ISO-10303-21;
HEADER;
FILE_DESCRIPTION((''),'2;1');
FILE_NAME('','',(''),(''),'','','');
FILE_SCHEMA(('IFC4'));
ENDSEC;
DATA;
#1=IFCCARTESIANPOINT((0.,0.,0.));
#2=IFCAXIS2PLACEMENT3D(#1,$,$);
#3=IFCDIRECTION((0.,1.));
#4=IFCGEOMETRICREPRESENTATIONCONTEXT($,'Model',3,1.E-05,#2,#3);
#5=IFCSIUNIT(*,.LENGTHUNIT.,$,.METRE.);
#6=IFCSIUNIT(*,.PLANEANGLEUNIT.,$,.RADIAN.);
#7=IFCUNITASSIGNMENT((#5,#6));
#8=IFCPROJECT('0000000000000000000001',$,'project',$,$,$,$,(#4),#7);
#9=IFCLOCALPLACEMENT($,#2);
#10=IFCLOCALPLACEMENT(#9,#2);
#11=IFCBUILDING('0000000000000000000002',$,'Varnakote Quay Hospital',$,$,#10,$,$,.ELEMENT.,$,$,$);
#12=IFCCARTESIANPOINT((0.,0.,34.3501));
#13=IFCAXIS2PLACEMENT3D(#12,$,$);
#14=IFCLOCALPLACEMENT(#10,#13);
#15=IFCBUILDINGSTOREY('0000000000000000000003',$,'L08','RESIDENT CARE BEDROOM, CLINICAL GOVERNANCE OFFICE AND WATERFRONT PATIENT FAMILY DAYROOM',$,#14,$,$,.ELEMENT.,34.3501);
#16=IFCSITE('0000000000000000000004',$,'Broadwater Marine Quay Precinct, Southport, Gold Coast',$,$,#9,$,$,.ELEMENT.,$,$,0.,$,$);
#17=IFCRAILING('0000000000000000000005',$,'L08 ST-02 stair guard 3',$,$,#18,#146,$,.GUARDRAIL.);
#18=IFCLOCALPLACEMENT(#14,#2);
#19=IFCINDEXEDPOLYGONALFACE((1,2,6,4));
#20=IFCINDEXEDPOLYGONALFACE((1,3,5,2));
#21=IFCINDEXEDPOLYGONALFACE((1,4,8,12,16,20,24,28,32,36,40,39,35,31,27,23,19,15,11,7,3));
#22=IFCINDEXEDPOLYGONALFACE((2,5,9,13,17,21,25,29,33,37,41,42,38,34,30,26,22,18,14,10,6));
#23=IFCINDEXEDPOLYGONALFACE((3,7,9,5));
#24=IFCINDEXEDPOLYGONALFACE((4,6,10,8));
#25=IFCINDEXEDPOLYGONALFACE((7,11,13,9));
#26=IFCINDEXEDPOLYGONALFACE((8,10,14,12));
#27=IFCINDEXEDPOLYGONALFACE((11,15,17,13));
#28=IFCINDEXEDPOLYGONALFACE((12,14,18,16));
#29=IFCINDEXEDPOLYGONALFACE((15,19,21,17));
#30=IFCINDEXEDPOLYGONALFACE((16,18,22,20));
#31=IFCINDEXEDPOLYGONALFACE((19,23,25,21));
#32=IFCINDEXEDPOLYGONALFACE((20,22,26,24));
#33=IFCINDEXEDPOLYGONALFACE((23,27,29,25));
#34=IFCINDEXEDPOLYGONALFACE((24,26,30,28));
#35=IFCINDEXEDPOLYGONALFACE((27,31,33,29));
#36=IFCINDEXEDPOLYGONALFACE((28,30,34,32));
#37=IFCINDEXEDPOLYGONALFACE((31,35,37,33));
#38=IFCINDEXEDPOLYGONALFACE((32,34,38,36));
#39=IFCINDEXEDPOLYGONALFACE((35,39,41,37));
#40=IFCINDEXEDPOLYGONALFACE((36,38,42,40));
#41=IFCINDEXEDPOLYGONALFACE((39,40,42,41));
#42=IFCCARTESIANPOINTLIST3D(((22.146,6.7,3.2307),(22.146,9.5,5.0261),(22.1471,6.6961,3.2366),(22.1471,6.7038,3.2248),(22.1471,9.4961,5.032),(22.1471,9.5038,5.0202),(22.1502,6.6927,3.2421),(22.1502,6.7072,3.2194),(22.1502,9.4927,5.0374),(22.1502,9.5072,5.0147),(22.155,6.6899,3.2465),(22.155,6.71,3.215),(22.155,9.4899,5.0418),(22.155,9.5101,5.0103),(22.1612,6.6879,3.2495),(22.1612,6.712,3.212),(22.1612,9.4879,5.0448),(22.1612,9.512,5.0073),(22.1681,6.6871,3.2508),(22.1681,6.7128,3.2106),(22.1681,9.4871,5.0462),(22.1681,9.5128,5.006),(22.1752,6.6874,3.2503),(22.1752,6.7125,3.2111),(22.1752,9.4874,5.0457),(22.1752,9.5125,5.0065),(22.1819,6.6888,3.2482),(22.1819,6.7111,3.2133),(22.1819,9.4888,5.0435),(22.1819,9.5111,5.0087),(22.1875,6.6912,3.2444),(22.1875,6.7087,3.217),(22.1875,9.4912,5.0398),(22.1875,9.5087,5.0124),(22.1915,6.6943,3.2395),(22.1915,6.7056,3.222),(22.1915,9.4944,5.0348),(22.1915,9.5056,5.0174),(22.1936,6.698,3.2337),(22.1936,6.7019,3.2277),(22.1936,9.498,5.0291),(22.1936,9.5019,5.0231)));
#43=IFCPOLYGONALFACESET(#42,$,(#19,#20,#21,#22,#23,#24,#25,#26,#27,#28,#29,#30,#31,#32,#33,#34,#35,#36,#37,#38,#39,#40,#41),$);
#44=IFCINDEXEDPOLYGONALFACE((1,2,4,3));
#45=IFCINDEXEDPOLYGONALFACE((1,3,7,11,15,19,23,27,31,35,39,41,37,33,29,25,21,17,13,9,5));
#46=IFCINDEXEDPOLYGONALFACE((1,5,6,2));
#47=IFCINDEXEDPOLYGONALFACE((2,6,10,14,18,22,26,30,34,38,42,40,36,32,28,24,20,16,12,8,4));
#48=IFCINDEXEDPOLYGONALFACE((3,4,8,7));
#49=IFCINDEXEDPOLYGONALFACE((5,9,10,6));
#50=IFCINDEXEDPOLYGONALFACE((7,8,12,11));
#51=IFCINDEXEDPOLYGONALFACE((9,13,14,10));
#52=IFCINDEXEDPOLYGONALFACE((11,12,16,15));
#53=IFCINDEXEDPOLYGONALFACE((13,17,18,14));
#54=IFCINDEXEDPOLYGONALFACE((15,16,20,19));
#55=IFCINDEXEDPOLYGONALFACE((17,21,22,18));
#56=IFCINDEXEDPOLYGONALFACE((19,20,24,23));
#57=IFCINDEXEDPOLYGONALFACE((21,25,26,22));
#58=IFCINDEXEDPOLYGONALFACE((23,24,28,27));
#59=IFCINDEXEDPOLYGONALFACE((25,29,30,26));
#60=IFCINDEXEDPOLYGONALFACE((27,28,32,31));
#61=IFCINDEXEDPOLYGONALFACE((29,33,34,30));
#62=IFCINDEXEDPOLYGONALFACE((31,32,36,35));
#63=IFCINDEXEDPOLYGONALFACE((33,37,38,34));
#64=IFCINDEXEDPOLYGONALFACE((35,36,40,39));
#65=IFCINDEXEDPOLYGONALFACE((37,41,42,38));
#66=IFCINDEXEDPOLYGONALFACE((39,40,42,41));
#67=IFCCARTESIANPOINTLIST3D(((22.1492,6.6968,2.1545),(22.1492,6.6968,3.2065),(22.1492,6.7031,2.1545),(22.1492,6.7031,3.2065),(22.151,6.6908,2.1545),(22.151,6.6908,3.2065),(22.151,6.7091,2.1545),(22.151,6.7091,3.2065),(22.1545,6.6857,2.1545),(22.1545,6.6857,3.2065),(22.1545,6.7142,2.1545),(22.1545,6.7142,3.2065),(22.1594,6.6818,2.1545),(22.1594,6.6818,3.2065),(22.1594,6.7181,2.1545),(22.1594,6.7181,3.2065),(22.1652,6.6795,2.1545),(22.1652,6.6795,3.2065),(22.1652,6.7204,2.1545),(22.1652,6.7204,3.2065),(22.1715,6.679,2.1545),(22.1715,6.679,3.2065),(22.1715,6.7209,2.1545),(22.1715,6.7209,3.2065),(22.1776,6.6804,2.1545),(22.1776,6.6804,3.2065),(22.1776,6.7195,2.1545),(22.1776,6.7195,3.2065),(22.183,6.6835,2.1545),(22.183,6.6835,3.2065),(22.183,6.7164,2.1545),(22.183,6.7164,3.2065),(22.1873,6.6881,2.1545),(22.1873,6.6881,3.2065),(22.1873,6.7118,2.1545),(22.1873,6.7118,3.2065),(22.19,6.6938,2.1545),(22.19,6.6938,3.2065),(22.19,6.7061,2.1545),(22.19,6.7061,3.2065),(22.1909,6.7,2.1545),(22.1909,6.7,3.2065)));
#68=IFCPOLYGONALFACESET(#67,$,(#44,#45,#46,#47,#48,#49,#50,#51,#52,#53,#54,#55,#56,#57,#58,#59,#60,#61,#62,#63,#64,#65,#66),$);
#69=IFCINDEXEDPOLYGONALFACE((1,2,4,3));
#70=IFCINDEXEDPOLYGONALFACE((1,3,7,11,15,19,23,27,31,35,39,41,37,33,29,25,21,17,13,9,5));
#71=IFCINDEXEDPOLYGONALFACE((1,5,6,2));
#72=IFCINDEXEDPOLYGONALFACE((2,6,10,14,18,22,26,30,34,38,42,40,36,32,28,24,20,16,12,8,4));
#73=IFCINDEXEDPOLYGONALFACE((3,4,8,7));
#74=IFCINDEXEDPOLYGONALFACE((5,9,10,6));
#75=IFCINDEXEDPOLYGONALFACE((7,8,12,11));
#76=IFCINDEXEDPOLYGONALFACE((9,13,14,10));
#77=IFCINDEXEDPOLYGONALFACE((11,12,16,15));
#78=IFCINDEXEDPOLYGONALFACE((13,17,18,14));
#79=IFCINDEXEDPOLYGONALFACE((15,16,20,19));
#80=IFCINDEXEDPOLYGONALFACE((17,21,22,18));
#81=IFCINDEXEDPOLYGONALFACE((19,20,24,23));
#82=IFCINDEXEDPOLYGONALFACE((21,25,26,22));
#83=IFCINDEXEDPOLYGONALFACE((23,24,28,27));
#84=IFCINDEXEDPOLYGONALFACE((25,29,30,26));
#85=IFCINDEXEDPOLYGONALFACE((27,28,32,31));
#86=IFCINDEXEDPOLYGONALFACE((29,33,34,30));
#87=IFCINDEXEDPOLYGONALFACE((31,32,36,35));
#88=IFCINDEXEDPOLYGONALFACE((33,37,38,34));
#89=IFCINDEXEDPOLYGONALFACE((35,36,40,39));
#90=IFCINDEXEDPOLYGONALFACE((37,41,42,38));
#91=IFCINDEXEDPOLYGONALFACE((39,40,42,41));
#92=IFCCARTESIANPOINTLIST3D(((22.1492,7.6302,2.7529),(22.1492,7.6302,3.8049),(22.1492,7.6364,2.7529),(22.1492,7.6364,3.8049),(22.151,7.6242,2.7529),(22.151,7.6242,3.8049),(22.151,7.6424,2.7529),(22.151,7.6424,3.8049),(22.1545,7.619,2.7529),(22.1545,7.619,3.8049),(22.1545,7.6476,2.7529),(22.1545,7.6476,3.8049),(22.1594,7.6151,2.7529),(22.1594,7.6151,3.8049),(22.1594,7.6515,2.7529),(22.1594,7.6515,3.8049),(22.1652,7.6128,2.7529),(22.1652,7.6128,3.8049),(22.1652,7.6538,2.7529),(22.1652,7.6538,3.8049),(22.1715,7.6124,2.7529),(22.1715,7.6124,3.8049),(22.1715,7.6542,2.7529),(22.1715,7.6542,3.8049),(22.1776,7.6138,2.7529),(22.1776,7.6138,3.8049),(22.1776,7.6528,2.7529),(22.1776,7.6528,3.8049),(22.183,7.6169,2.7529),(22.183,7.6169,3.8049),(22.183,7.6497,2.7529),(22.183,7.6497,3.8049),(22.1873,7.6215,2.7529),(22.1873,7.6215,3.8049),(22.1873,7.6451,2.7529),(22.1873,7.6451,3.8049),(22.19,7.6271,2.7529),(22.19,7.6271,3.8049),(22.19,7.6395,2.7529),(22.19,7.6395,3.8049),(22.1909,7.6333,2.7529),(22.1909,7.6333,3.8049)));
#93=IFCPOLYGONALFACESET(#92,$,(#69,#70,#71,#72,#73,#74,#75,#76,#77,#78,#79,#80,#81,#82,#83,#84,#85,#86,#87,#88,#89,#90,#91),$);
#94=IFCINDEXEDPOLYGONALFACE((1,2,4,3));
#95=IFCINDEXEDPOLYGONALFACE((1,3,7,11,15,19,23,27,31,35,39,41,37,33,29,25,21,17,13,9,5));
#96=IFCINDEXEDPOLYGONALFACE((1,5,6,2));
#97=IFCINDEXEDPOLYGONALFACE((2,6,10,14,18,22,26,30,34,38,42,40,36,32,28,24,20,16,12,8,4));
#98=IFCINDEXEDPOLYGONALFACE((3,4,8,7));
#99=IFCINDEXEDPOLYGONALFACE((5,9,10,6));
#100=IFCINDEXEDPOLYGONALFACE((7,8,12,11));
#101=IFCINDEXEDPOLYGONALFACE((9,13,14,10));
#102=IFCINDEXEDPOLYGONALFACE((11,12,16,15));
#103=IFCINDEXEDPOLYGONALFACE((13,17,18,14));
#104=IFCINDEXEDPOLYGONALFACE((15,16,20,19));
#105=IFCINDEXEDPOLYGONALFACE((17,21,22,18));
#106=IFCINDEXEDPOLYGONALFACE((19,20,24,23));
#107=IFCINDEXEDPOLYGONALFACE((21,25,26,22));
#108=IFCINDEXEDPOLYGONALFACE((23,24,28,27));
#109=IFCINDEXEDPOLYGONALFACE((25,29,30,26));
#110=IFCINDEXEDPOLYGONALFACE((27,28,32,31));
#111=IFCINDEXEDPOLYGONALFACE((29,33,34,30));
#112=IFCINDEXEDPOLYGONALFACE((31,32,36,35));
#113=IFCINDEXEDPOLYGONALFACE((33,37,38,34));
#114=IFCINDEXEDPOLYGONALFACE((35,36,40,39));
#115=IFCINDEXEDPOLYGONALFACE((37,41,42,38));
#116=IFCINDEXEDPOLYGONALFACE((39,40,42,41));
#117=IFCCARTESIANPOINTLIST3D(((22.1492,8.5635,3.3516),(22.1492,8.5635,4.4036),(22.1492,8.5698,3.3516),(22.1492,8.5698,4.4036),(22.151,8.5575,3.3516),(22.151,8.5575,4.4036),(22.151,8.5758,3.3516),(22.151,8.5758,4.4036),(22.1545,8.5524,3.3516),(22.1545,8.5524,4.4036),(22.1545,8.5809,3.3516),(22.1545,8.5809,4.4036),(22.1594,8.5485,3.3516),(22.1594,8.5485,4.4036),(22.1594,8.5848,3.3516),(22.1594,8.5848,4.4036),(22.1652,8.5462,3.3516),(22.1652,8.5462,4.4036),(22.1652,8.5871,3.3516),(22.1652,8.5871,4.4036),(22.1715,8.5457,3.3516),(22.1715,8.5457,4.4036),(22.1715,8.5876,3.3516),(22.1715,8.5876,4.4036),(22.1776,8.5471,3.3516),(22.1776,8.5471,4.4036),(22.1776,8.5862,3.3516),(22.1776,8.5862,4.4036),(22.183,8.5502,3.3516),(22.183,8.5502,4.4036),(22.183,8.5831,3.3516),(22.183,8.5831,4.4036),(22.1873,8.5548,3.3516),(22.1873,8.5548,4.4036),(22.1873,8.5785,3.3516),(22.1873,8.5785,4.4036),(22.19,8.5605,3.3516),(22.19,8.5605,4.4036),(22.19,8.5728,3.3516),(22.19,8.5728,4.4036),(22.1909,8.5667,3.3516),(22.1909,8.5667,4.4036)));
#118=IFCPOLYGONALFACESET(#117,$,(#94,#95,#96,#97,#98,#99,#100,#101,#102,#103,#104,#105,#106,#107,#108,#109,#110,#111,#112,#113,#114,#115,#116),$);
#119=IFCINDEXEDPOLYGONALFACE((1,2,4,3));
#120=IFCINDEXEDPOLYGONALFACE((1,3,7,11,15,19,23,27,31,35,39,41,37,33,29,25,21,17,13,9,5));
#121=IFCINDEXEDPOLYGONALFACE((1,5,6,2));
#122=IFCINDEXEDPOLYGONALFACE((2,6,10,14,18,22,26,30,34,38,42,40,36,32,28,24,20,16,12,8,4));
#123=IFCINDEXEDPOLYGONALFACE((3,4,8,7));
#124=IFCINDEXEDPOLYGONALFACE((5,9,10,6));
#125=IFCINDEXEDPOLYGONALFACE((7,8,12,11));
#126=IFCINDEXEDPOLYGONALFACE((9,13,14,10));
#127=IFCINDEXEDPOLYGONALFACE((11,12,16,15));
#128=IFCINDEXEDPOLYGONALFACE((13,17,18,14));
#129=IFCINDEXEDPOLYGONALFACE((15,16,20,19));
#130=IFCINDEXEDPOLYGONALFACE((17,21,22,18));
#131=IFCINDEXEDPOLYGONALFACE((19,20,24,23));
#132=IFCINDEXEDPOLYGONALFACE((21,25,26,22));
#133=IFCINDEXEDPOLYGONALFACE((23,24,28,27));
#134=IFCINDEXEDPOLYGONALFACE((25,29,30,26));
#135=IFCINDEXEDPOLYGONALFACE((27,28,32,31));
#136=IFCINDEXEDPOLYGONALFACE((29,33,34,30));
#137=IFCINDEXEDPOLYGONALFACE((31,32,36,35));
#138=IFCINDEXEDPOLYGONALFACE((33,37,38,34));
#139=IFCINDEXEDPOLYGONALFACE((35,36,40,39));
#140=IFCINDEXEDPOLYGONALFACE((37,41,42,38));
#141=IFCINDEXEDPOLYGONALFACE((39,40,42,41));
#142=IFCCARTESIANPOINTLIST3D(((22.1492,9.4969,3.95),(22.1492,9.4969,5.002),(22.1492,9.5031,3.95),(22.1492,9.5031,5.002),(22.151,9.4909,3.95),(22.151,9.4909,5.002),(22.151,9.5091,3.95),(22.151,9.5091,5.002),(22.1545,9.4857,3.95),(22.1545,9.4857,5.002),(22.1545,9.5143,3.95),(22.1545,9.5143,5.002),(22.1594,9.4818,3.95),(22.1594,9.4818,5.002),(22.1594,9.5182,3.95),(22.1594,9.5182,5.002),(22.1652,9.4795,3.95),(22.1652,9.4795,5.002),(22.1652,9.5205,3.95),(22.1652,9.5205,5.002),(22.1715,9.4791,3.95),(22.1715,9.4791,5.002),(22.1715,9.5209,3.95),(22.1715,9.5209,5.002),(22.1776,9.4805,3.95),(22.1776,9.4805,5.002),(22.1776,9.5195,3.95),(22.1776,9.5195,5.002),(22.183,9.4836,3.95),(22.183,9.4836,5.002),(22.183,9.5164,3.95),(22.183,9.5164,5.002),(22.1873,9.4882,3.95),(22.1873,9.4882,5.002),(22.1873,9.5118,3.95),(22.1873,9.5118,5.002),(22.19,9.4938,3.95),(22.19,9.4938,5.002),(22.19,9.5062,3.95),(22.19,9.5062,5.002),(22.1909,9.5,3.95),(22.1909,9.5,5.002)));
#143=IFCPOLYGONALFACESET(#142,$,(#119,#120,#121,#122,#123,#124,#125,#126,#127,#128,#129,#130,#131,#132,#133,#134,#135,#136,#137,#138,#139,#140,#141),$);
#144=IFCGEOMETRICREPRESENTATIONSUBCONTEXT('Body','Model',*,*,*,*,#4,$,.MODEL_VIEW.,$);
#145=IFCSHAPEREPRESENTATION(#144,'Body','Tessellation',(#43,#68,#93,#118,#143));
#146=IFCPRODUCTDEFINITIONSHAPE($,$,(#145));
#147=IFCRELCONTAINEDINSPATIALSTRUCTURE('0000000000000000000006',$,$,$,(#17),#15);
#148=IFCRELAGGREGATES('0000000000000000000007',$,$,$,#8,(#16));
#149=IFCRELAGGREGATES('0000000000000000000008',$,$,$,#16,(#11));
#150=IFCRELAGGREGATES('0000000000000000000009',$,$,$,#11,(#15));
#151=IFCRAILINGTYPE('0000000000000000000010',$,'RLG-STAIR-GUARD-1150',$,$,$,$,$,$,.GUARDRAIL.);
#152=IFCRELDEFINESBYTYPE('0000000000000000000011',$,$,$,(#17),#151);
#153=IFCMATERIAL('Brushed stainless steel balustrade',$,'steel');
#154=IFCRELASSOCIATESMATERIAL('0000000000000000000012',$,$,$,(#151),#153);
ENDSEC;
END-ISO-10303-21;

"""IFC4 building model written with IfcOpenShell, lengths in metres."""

from ifc_helpers import new_model, si_unit, direction, frame, origin, origin_2d, place, context, subcontext, project, spatial, circle, extrude, material, type_object, element, save


model = new_model("IFC4")

# Units and contexts
model_context = context("Model", 3, precision=1e-05, world=origin(), true_north=direction((0.0, 1.0)))
body_context = subcontext(model_context, "Body", "Model", "MODEL_VIEW")
ifc_project = project(units=[si_unit("LENGTHUNIT", "METRE"), si_unit("PLANEANGLEUNIT", "RADIAN")], contexts=[model_context])

# Site, building, storey
site_placement = place(None, origin())
site = spatial("IfcSite", under=ifc_project, at=site_placement, Name="Broadwater Marine Quay Precinct, Southport, Gold Coast", CompositionType="ELEMENT", RefElevation=0.0)
building_placement = place(site_placement, origin())
building = spatial("IfcBuilding", under=site, at=building_placement, Name="Varnakote Quay Hospital", CompositionType="ELEMENT")
storey_placement = place(building_placement, frame((0.0, 0.0, 34.3501)))
storey = spatial("IfcBuildingStorey", under=building, at=storey_placement, Name="L08", Description="RESIDENT CARE BEDROOM, CLINICAL GOVERNANCE OFFICE AND WATERFRONT PATIENT FAMILY DAYROOM", CompositionType="ELEMENT", Elevation=34.3501)

# Railing
ifc_material_1 = material(Name="Brushed stainless steel balustrade", Category="steel")
railing_type_1 = type_object("IfcRailingType", Name="RLG-STAIR-GUARD-1150", PredefinedType="GUARDRAIL", material=ifc_material_1)
railing_1_placement = place(storey_placement, frame((22.1699, 6.7, 2.1545)))
element("IfcRailing", 1, at=railing_1_placement, inside=storey, type_object=railing_type_1, Name="L08 ST-02 stair guard 3", PredefinedType="GUARDRAIL", context=body_context, shape_type="SweptSolid", body=[
    extrude(circle(Radius=0.0239, at=origin_2d()), frame((0.0, 0.0, 1.0762), z_axis=(0.0, 0.84181, 0.539774), x_axis=(-1.0, 0.0, 0.0)), (0.0, 0.0, 1.0), 3.3262),
    extrude(circle(Radius=0.021, at=origin_2d()), origin(), (0.0, 0.0, 1.0), 1.052),
    extrude(circle(Radius=0.021, at=origin_2d()), frame((0.0, 0.9333, 0.5984)), (0.0, 0.0, 1.0), 1.052),
    extrude(circle(Radius=0.021, at=origin_2d()), frame((0.0, 1.8667, 1.197)), (0.0, 0.0, 1.0), 1.052),
    extrude(circle(Radius=0.021, at=origin_2d()), frame((0.0, 2.8, 1.7954)), (0.0, 0.0, 1.0), 1.052),
])

save(model, "model.ifc")
